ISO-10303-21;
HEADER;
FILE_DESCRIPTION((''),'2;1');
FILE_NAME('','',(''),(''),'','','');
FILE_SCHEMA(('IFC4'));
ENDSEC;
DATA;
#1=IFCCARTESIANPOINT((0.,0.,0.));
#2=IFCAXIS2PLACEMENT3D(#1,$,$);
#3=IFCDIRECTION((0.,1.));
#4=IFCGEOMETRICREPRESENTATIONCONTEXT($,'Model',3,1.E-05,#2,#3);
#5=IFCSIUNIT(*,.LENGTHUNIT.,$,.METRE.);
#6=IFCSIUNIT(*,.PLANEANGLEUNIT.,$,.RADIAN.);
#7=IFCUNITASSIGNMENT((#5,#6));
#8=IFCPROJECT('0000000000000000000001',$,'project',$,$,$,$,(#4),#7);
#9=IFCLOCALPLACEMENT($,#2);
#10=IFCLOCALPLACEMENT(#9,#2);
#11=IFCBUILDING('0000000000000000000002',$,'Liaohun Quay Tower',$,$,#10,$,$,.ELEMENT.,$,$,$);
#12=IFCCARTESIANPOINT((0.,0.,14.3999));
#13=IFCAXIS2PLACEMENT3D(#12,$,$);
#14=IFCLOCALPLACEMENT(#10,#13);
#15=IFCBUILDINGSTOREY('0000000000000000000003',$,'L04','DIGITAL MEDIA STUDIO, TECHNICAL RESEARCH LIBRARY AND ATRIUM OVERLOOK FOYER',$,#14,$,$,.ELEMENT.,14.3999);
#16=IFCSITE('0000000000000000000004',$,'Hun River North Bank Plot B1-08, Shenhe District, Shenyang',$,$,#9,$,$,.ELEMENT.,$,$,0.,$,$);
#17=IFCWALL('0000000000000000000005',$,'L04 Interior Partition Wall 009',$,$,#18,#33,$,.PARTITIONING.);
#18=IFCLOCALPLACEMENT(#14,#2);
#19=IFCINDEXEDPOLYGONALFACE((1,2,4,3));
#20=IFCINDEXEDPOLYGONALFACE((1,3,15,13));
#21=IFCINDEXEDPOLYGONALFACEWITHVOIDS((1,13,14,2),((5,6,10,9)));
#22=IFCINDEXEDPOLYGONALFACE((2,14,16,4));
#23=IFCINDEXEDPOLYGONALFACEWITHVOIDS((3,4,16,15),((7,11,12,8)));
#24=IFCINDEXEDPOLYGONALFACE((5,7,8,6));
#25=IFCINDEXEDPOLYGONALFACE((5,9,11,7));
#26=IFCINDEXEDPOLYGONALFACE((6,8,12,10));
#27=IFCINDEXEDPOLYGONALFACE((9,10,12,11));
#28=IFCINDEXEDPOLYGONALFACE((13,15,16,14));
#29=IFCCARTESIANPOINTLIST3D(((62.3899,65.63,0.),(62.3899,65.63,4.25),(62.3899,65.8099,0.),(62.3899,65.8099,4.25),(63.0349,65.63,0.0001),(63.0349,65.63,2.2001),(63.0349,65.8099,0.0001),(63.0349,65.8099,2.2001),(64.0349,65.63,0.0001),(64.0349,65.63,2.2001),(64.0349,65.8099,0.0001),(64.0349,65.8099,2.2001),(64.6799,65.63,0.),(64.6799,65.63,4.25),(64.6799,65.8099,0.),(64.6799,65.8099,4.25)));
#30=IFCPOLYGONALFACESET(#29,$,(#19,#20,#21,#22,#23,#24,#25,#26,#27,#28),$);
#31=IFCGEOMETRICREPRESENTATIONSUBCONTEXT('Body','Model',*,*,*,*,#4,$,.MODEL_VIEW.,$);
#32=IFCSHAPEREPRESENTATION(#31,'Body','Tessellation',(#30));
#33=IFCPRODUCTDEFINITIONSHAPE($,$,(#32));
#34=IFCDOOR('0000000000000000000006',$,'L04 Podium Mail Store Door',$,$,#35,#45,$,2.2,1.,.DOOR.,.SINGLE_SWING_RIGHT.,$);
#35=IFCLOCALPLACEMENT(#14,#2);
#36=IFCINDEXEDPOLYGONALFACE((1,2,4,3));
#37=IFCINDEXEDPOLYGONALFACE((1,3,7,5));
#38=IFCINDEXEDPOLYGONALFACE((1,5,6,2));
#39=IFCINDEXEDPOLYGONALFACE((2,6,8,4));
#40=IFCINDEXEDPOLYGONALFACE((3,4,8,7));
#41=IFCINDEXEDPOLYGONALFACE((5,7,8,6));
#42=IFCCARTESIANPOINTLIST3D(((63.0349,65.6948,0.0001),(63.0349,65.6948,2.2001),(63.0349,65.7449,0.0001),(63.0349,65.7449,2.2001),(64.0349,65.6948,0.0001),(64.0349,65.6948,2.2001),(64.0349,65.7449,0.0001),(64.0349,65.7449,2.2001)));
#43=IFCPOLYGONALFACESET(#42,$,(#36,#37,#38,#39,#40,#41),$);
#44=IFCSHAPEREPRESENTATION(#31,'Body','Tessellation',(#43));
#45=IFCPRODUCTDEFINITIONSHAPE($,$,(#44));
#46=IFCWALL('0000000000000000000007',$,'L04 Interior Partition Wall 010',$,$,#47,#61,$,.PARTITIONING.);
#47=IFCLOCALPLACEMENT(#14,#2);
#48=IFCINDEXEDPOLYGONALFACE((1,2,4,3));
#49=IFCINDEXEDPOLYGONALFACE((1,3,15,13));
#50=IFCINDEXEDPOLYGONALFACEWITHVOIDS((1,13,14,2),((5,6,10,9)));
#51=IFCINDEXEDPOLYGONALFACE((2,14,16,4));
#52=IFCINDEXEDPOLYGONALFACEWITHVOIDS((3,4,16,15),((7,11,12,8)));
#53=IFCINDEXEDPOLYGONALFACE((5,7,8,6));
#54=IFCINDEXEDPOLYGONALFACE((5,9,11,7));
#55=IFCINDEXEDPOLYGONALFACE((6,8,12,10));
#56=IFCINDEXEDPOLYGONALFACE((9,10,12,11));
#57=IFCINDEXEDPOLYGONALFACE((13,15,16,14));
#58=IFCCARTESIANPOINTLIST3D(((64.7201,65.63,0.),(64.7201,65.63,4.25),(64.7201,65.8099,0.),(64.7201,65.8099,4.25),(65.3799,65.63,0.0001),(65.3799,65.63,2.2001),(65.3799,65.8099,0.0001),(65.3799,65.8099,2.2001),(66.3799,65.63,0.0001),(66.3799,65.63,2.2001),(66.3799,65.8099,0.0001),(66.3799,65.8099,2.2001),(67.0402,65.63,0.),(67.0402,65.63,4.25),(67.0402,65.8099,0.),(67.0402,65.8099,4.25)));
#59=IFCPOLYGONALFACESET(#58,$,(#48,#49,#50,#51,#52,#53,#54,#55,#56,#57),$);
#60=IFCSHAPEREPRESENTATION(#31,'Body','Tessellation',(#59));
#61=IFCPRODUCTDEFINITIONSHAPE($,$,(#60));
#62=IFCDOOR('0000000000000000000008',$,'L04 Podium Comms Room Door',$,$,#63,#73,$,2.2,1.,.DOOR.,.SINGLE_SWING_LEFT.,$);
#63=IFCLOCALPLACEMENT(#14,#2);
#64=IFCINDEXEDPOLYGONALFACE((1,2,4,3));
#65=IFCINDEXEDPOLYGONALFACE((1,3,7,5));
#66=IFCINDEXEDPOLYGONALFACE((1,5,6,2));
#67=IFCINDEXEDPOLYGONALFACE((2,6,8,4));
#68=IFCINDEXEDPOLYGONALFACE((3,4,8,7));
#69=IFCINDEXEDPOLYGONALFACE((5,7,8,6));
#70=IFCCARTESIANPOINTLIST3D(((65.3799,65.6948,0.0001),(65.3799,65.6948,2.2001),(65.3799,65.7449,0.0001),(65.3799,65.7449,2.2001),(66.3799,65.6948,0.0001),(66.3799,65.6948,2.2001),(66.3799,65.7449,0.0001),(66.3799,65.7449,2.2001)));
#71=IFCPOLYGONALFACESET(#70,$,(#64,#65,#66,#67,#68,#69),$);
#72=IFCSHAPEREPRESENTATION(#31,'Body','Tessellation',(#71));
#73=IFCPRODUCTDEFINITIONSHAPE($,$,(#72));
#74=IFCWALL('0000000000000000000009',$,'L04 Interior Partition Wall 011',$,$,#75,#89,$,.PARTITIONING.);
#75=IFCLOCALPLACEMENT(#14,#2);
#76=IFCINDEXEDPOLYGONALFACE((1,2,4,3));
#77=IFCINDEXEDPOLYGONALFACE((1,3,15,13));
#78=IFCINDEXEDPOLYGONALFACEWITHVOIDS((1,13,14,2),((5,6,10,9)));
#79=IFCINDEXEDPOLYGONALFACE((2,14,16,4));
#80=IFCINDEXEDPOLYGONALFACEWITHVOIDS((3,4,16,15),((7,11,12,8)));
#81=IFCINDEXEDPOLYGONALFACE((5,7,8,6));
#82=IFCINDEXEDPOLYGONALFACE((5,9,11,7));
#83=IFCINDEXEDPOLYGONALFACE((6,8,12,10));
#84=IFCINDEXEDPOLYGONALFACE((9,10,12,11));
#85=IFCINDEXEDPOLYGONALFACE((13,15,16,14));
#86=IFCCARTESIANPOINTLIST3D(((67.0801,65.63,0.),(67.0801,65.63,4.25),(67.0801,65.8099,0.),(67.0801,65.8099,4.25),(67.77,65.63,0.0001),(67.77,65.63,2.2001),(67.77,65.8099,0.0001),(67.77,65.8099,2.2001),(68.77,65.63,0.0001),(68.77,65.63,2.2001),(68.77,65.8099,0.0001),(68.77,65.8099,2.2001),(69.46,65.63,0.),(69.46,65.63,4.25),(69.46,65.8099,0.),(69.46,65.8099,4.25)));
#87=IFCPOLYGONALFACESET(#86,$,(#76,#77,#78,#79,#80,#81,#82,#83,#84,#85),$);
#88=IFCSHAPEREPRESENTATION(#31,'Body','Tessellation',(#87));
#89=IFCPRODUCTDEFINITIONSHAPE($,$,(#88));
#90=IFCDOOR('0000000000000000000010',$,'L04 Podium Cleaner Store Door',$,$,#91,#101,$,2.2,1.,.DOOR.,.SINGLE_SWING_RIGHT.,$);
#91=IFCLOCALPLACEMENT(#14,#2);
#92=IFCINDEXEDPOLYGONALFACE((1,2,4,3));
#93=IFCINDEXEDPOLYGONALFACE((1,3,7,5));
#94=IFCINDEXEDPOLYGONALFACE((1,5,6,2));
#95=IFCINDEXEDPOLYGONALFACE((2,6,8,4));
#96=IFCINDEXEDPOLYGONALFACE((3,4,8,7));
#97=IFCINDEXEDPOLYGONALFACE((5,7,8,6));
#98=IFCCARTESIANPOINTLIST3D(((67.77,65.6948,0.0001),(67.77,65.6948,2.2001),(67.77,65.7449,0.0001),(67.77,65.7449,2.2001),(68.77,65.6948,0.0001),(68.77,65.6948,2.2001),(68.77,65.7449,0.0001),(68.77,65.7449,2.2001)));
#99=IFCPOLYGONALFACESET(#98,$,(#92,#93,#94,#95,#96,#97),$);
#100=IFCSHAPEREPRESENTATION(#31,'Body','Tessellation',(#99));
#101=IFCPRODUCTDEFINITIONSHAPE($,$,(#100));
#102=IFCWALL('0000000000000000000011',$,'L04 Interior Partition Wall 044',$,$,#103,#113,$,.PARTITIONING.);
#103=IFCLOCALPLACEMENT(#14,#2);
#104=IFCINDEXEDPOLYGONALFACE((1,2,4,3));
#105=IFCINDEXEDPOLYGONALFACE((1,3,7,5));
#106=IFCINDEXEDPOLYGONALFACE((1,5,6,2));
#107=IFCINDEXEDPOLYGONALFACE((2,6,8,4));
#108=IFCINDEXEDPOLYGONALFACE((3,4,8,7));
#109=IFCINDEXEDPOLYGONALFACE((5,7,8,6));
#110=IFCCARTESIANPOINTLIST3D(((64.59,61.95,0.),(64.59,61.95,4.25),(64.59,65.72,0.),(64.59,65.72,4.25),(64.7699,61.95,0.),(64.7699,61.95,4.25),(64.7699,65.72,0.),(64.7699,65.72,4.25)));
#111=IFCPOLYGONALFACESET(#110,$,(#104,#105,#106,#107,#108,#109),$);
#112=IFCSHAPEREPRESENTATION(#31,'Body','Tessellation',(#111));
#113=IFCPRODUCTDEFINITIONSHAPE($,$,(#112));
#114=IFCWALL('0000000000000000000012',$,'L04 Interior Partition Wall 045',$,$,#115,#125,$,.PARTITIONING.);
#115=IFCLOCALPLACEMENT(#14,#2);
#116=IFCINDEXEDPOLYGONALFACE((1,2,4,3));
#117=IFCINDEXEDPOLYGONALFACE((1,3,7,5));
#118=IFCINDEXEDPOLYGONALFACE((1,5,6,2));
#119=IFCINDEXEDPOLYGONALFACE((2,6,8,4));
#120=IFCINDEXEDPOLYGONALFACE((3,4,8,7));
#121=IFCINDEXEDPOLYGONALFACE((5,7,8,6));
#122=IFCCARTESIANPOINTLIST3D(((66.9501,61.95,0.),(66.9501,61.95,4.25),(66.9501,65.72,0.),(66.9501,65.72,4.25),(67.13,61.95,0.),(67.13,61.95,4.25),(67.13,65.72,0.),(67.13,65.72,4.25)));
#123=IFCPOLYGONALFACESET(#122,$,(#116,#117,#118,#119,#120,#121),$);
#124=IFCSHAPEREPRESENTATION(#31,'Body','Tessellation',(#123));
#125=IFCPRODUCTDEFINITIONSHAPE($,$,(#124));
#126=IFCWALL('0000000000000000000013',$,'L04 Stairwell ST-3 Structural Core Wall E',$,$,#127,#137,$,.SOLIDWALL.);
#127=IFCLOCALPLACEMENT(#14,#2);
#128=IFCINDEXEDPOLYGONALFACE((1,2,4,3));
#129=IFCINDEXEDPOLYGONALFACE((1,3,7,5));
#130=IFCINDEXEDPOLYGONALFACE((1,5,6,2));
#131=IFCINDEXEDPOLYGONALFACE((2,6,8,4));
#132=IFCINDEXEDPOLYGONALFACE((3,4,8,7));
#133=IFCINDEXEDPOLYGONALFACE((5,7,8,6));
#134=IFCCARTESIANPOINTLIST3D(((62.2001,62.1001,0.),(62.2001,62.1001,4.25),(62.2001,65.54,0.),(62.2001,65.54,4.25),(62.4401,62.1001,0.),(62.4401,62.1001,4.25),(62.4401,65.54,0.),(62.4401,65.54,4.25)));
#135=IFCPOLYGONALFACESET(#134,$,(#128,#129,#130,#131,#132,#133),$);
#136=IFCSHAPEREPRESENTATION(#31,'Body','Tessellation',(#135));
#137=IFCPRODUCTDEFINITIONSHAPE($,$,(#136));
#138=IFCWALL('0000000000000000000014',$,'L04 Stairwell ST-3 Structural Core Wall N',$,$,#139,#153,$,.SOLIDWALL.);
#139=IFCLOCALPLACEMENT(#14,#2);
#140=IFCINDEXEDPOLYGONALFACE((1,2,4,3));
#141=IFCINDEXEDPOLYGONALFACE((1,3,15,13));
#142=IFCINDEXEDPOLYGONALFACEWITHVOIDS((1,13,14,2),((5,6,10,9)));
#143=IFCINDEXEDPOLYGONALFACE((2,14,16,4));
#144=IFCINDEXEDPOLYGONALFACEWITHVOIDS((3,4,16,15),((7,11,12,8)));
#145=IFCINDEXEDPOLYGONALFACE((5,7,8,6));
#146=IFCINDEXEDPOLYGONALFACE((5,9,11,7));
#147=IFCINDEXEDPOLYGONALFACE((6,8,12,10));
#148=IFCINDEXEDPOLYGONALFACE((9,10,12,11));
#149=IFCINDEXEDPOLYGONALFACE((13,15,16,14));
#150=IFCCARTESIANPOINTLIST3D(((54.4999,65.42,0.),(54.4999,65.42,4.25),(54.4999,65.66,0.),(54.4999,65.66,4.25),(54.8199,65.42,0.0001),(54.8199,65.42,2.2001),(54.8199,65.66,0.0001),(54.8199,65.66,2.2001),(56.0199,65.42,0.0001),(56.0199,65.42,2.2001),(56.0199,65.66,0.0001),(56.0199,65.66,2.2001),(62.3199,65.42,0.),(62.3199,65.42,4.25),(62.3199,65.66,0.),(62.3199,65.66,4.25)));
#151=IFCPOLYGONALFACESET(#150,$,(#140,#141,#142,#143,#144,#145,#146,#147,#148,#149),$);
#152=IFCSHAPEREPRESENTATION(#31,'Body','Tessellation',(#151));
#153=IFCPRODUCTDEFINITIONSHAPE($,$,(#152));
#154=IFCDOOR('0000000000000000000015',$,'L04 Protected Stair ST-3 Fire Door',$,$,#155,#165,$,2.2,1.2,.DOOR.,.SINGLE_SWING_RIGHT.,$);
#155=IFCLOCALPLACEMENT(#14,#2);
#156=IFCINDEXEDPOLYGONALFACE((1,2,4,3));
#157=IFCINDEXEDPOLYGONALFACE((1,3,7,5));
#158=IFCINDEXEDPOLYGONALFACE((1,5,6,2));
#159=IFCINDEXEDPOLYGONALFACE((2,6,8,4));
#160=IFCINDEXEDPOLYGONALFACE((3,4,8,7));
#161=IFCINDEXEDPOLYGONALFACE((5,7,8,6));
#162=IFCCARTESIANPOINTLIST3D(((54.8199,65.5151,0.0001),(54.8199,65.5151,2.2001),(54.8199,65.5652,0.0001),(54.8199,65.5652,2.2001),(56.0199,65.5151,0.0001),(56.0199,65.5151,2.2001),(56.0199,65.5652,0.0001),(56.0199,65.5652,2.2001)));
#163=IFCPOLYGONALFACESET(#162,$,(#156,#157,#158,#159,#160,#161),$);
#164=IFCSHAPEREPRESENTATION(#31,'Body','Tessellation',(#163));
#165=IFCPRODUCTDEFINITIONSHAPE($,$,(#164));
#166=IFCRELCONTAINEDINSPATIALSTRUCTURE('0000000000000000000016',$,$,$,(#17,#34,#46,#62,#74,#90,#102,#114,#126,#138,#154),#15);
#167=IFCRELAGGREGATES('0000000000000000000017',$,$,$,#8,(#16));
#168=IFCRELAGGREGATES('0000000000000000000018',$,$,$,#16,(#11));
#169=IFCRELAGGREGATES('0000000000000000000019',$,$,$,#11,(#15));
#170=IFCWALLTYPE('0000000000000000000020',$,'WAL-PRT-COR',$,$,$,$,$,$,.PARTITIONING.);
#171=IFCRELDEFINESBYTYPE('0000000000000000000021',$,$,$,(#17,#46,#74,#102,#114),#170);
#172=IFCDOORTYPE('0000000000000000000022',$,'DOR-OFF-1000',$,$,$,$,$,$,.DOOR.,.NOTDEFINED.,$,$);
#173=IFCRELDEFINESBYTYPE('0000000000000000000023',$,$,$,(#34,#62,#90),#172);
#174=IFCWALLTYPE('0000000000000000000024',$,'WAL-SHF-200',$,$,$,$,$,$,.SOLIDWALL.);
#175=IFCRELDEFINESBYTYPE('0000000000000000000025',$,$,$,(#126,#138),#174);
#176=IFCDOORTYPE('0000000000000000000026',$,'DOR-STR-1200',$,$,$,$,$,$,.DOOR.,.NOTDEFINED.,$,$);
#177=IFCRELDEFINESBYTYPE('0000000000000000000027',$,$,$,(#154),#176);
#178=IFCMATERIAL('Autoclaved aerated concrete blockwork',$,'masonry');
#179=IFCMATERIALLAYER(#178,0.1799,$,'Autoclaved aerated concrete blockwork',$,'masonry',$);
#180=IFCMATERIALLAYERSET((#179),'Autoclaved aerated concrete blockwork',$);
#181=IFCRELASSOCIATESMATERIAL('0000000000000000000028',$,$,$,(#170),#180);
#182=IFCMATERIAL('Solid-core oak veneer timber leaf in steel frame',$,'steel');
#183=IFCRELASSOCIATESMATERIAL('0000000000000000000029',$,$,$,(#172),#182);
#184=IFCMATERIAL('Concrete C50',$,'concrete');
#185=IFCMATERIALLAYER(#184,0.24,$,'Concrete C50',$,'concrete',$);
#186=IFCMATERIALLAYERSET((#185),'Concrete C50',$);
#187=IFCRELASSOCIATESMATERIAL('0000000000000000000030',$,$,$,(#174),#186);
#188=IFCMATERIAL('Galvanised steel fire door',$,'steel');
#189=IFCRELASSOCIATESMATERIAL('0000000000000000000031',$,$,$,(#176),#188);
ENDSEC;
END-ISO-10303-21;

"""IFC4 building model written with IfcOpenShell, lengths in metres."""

from ifc_helpers import new_model, si_unit, direction, frame, frame_2d, origin, place, context, subcontext, project, spatial, rectangle, extrude, source, transform, mapped, material, layer, layer_set, type_object, element, fill, save


model = new_model("IFC4")

# Units and contexts
model_context = context("Model", 3, precision=1e-05, world=origin(), true_north=direction((0.0, 1.0)))
body_context = subcontext(model_context, "Body", "Model", "MODEL_VIEW")
ifc_project = project(units=[si_unit("LENGTHUNIT", "METRE"), si_unit("PLANEANGLEUNIT", "RADIAN")], contexts=[model_context])

# Site, building, storey
site_placement = place(None, origin())
site = spatial("IfcSite", under=ifc_project, at=site_placement, Name="Hun River North Bank Plot B1-08, Shenhe District, Shenyang", CompositionType="ELEMENT", RefElevation=0.0)
building_placement = place(site_placement, origin())
building = spatial("IfcBuilding", under=site, at=building_placement, Name="Liaohun Quay Tower", CompositionType="ELEMENT")
storey_placement = place(building_placement, frame((0.0, 0.0, 14.3999)))
storey = spatial("IfcBuildingStorey", under=building, at=storey_placement, Name="L04", Description="DIGITAL MEDIA STUDIO, TECHNICAL RESEARCH LIBRARY AND ATRIUM OVERLOOK FOYER", CompositionType="ELEMENT", Elevation=14.3999)

# Walls, openings, doors
ifc_material_1 = material(Name="Autoclaved aerated concrete blockwork", Category="masonry")
ifc_layer_1 = layer(ifc_material_1, 0.1799, Name="Autoclaved aerated concrete blockwork", Category="masonry")
ifc_layer_set_1 = layer_set([ifc_layer_1], Name="Autoclaved aerated concrete blockwork")
wall_type_1 = type_object("IfcWallType", Name="WAL-PRT-COR", PredefinedType="PARTITIONING", material=ifc_layer_set_1)
wall_1_placement = place(storey_placement, frame((62.3899, 65.72, 0.0), z_axis=(0.0, 0.0, 1.0), x_axis=(1.0, 0.0, 0.0)))
wall_1 = element("IfcWall", 1, at=wall_1_placement, inside=storey, type_object=wall_type_1, Name="L04 Interior Partition Wall 009", PredefinedType="PARTITIONING", context=body_context, shape_type="SweptSolid", body=[
    extrude(rectangle(XDim=2.29, YDim=0.1799, at=frame_2d((1.145, 0.0))), origin(), (0.0, 0.0, 1.0), 4.25),
])
shared_shape_1 = source(origin(), body_context, "Body", "SweptSolid", [
    extrude(rectangle(XDim=1.0, YDim=2.2, at=frame_2d((0.5, 1.1001))), frame((0.0, 0.0999, 0.0), z_axis=(0.0, -1.0, 0.0), x_axis=(1.0, 0.0, 0.0)), (0.0, 0.0, 1.0), 0.2),
])
opening_1_placement = place(wall_1_placement, frame((0.645, 0.0, 0.0)))
opening_1 = element("IfcOpeningElement", 2, at=opening_1_placement, cuts=wall_1, PredefinedType="OPENING", context=body_context, shape_type="MappedRepresentation", body=[
    mapped(shared_shape_1, transform((0.0, 0.0, 0.0), x_axis=(1.0, 0.0, 0.0), y_axis=(0.0, 1.0, 0.0), z_axis=(0.0, 0.0, 1.0), scale=1.0)),
])
ifc_material_2 = material(Name="Solid-core oak veneer timber leaf in steel frame", Category="steel")
door_type_1 = type_object("IfcDoorType", Name="DOR-OFF-1000", OperationType="NOTDEFINED", PredefinedType="DOOR", material=ifc_material_2)
shared_shape_2 = source(origin(), body_context, "Body", "SweptSolid", [
    extrude(rectangle(XDim=1.0, YDim=2.2, at=frame_2d((0.5, 1.1001))), frame((0.0, 0.0249, 0.0), z_axis=(0.0, -1.0, 0.0), x_axis=(1.0, 0.0, 0.0)), (0.0, 0.0, 1.0), 0.05),
])
door_1_placement = place(opening_1_placement, origin())
door_1 = element("IfcDoor", 3, at=door_1_placement, inside=storey, type_object=door_type_1, Name="L04 Podium Mail Store Door", OperationType="SINGLE_SWING_RIGHT", OverallHeight=2.2, OverallWidth=1.0, PredefinedType="DOOR", context=body_context, shape_type="MappedRepresentation", body=[
    mapped(shared_shape_2, transform((0.0, 0.0, 0.0), x_axis=(1.0, 0.0, 0.0), y_axis=(0.0, 1.0, 0.0), z_axis=(0.0, 0.0, 1.0), scale=1.0)),
])
fill(opening_1, door_1)
wall_2_placement = place(storey_placement, frame((64.72, 65.72, 0.0), z_axis=(0.0, 0.0, 1.0), x_axis=(1.0, 0.0, 0.0)))
wall_2 = element("IfcWall", 4, at=wall_2_placement, inside=storey, type_object=wall_type_1, Name="L04 Interior Partition Wall 010", PredefinedType="PARTITIONING", context=body_context, shape_type="SweptSolid", body=[
    extrude(rectangle(XDim=2.3201, YDim=0.1799, at=frame_2d((1.1602, 0.0))), origin(), (0.0, 0.0, 1.0), 4.25),
])
opening_2_placement = place(wall_2_placement, frame((0.6599, 0.0, 0.0)))
opening_2 = element("IfcOpeningElement", 5, at=opening_2_placement, cuts=wall_2, PredefinedType="OPENING", context=body_context, shape_type="MappedRepresentation", body=[
    mapped(shared_shape_1, transform((0.0, 0.0, 0.0), x_axis=(1.0, 0.0, 0.0), y_axis=(0.0, 1.0, 0.0), z_axis=(0.0, 0.0, 1.0), scale=1.0)),
])
door_2_placement = place(opening_2_placement, origin())
door_2 = element("IfcDoor", 6, at=door_2_placement, inside=storey, type_object=door_type_1, Name="L04 Podium Comms Room Door", OperationType="SINGLE_SWING_LEFT", OverallHeight=2.2, OverallWidth=1.0, PredefinedType="DOOR", context=body_context, shape_type="MappedRepresentation", body=[
    mapped(shared_shape_2, transform((0.0, 0.0, 0.0), x_axis=(1.0, 0.0, 0.0), y_axis=(0.0, 1.0, 0.0), z_axis=(0.0, 0.0, 1.0), scale=1.0)),
])
fill(opening_2, door_2)
wall_3_placement = place(storey_placement, frame((67.0801, 65.72, 0.0), z_axis=(0.0, 0.0, 1.0), x_axis=(1.0, 0.0, 0.0)))
wall_3 = element("IfcWall", 7, at=wall_3_placement, inside=storey, type_object=wall_type_1, Name="L04 Interior Partition Wall 011", PredefinedType="PARTITIONING", context=body_context, shape_type="SweptSolid", body=[
    extrude(rectangle(XDim=2.3799, YDim=0.1799, at=frame_2d((1.1899, 0.0))), origin(), (0.0, 0.0, 1.0), 4.25),
])
opening_3_placement = place(wall_3_placement, frame((0.6899, 0.0, 0.0)))
opening_3 = element("IfcOpeningElement", 8, at=opening_3_placement, cuts=wall_3, PredefinedType="OPENING", context=body_context, shape_type="MappedRepresentation", body=[
    mapped(shared_shape_1, transform((0.0, 0.0, 0.0), x_axis=(1.0, 0.0, 0.0), y_axis=(0.0, 1.0, 0.0), z_axis=(0.0, 0.0, 1.0), scale=1.0)),
])
door_3_placement = place(opening_3_placement, origin())
door_3 = element("IfcDoor", 9, at=door_3_placement, inside=storey, type_object=door_type_1, Name="L04 Podium Cleaner Store Door", OperationType="SINGLE_SWING_RIGHT", OverallHeight=2.2, OverallWidth=1.0, PredefinedType="DOOR", context=body_context, shape_type="MappedRepresentation", body=[
    mapped(shared_shape_2, transform((0.0, 0.0, 0.0), x_axis=(1.0, 0.0, 0.0), y_axis=(0.0, 1.0, 0.0), z_axis=(0.0, 0.0, 1.0), scale=1.0)),
])
fill(opening_3, door_3)

# Walls
for number, where, z_axis, x_axis, name in (
    (10, (64.6799, 61.95, 0.0), (0.0, 0.0, 1.0), (0.0, 1.0, 0.0), "L04 Interior Partition Wall 044"),
    (11, (67.04, 61.95, 0.0), (0.0, 0.0, 1.0), (0.0, 1.0, 0.0), "L04 Interior Partition Wall 045"),
):
    element("IfcWall", number, at=place(storey_placement, frame(where, z_axis=z_axis, x_axis=x_axis)), inside=storey, type_object=wall_type_1, Name=name, PredefinedType="PARTITIONING", context=body_context, shape_type="SweptSolid", body=[
        extrude(rectangle(XDim=3.77, YDim=0.1799, at=frame_2d((1.885, 0.0))), origin(), (0.0, 0.0, 1.0), 4.25),
    ])
ifc_material_3 = material(Name="Concrete C50", Category="concrete")
ifc_layer_2 = layer(ifc_material_3, 0.24, Name="Concrete C50", Category="concrete")
ifc_layer_set_2 = layer_set([ifc_layer_2], Name="Concrete C50")
wall_type_2 = type_object("IfcWallType", Name="WAL-SHF-200", PredefinedType="SOLIDWALL", material=ifc_layer_set_2)
wall_4_placement = place(storey_placement, frame((62.3201, 62.1001, 0.0), z_axis=(0.0, 0.0, 1.0), x_axis=(0.0, 1.0, 0.0)))
element("IfcWall", 12, at=wall_4_placement, inside=storey, type_object=wall_type_2, Name="L04 Stairwell ST-3 Structural Core Wall E", PredefinedType="SOLIDWALL", context=body_context, shape_type="SweptSolid", body=[
    extrude(rectangle(XDim=3.4399, YDim=0.24, at=frame_2d((1.72, 0.0))), origin(), (0.0, 0.0, 1.0), 4.25),
])

# Wall, opening, door
wall_5_placement = place(storey_placement, frame((62.3201, 65.54, 0.0), z_axis=(0.0, 0.0, 1.0), x_axis=(-1.0, 0.0, 0.0)))
wall_5 = element("IfcWall", 13, at=wall_5_placement, inside=storey, type_object=wall_type_2, Name="L04 Stairwell ST-3 Structural Core Wall N", PredefinedType="SOLIDWALL", context=body_context, shape_type="SweptSolid", body=[
    extrude(rectangle(XDim=7.8201, YDim=0.24, at=frame_2d((3.9102, 0.0))), origin(), (0.0, 0.0, 1.0), 4.25),
])
shared_shape_3 = source(origin(), body_context, "Body", "SweptSolid", [
    extrude(rectangle(XDim=1.2, YDim=2.2, at=frame_2d((0.6001, 1.1001))), frame((0.0, 0.1299, 0.0), z_axis=(0.0, -1.0, 0.0), x_axis=(1.0, 0.0, 0.0)), (0.0, 0.0, 1.0), 0.26),
])
opening_4_placement = place(wall_5_placement, frame((6.3, 0.0, 0.0)))
opening_4 = element("IfcOpeningElement", 14, at=opening_4_placement, cuts=wall_5, PredefinedType="OPENING", context=body_context, shape_type="MappedRepresentation", body=[
    mapped(shared_shape_3, transform((0.0, 0.0, 0.0), x_axis=(1.0, 0.0, 0.0), y_axis=(0.0, 1.0, 0.0), z_axis=(0.0, 0.0, 1.0), scale=1.0)),
])
ifc_material_4 = material(Name="Galvanised steel fire door", Category="steel")
door_type_2 = type_object("IfcDoorType", Name="DOR-STR-1200", OperationType="NOTDEFINED", PredefinedType="DOOR", material=ifc_material_4)
shared_shape_4 = source(origin(), body_context, "Body", "SweptSolid", [
    extrude(rectangle(XDim=1.2, YDim=2.2, at=frame_2d((0.6001, 1.1001))), frame((0.0, 0.0249, 0.0), z_axis=(0.0, -1.0, 0.0), x_axis=(1.0, 0.0, 0.0)), (0.0, 0.0, 1.0), 0.05),
])
door_4_placement = place(opening_4_placement, origin())
door_4 = element("IfcDoor", 15, at=door_4_placement, inside=storey, type_object=door_type_2, Name="L04 Protected Stair ST-3 Fire Door", OperationType="SINGLE_SWING_RIGHT", OverallHeight=2.2, OverallWidth=1.2, PredefinedType="DOOR", context=body_context, shape_type="MappedRepresentation", body=[
    mapped(shared_shape_4, transform((0.0, 0.0, 0.0), x_axis=(1.0, 0.0, 0.0), y_axis=(0.0, 1.0, 0.0), z_axis=(0.0, 0.0, 1.0), scale=1.0)),
])
fill(opening_4, door_4)

save(model, "model.ifc")
